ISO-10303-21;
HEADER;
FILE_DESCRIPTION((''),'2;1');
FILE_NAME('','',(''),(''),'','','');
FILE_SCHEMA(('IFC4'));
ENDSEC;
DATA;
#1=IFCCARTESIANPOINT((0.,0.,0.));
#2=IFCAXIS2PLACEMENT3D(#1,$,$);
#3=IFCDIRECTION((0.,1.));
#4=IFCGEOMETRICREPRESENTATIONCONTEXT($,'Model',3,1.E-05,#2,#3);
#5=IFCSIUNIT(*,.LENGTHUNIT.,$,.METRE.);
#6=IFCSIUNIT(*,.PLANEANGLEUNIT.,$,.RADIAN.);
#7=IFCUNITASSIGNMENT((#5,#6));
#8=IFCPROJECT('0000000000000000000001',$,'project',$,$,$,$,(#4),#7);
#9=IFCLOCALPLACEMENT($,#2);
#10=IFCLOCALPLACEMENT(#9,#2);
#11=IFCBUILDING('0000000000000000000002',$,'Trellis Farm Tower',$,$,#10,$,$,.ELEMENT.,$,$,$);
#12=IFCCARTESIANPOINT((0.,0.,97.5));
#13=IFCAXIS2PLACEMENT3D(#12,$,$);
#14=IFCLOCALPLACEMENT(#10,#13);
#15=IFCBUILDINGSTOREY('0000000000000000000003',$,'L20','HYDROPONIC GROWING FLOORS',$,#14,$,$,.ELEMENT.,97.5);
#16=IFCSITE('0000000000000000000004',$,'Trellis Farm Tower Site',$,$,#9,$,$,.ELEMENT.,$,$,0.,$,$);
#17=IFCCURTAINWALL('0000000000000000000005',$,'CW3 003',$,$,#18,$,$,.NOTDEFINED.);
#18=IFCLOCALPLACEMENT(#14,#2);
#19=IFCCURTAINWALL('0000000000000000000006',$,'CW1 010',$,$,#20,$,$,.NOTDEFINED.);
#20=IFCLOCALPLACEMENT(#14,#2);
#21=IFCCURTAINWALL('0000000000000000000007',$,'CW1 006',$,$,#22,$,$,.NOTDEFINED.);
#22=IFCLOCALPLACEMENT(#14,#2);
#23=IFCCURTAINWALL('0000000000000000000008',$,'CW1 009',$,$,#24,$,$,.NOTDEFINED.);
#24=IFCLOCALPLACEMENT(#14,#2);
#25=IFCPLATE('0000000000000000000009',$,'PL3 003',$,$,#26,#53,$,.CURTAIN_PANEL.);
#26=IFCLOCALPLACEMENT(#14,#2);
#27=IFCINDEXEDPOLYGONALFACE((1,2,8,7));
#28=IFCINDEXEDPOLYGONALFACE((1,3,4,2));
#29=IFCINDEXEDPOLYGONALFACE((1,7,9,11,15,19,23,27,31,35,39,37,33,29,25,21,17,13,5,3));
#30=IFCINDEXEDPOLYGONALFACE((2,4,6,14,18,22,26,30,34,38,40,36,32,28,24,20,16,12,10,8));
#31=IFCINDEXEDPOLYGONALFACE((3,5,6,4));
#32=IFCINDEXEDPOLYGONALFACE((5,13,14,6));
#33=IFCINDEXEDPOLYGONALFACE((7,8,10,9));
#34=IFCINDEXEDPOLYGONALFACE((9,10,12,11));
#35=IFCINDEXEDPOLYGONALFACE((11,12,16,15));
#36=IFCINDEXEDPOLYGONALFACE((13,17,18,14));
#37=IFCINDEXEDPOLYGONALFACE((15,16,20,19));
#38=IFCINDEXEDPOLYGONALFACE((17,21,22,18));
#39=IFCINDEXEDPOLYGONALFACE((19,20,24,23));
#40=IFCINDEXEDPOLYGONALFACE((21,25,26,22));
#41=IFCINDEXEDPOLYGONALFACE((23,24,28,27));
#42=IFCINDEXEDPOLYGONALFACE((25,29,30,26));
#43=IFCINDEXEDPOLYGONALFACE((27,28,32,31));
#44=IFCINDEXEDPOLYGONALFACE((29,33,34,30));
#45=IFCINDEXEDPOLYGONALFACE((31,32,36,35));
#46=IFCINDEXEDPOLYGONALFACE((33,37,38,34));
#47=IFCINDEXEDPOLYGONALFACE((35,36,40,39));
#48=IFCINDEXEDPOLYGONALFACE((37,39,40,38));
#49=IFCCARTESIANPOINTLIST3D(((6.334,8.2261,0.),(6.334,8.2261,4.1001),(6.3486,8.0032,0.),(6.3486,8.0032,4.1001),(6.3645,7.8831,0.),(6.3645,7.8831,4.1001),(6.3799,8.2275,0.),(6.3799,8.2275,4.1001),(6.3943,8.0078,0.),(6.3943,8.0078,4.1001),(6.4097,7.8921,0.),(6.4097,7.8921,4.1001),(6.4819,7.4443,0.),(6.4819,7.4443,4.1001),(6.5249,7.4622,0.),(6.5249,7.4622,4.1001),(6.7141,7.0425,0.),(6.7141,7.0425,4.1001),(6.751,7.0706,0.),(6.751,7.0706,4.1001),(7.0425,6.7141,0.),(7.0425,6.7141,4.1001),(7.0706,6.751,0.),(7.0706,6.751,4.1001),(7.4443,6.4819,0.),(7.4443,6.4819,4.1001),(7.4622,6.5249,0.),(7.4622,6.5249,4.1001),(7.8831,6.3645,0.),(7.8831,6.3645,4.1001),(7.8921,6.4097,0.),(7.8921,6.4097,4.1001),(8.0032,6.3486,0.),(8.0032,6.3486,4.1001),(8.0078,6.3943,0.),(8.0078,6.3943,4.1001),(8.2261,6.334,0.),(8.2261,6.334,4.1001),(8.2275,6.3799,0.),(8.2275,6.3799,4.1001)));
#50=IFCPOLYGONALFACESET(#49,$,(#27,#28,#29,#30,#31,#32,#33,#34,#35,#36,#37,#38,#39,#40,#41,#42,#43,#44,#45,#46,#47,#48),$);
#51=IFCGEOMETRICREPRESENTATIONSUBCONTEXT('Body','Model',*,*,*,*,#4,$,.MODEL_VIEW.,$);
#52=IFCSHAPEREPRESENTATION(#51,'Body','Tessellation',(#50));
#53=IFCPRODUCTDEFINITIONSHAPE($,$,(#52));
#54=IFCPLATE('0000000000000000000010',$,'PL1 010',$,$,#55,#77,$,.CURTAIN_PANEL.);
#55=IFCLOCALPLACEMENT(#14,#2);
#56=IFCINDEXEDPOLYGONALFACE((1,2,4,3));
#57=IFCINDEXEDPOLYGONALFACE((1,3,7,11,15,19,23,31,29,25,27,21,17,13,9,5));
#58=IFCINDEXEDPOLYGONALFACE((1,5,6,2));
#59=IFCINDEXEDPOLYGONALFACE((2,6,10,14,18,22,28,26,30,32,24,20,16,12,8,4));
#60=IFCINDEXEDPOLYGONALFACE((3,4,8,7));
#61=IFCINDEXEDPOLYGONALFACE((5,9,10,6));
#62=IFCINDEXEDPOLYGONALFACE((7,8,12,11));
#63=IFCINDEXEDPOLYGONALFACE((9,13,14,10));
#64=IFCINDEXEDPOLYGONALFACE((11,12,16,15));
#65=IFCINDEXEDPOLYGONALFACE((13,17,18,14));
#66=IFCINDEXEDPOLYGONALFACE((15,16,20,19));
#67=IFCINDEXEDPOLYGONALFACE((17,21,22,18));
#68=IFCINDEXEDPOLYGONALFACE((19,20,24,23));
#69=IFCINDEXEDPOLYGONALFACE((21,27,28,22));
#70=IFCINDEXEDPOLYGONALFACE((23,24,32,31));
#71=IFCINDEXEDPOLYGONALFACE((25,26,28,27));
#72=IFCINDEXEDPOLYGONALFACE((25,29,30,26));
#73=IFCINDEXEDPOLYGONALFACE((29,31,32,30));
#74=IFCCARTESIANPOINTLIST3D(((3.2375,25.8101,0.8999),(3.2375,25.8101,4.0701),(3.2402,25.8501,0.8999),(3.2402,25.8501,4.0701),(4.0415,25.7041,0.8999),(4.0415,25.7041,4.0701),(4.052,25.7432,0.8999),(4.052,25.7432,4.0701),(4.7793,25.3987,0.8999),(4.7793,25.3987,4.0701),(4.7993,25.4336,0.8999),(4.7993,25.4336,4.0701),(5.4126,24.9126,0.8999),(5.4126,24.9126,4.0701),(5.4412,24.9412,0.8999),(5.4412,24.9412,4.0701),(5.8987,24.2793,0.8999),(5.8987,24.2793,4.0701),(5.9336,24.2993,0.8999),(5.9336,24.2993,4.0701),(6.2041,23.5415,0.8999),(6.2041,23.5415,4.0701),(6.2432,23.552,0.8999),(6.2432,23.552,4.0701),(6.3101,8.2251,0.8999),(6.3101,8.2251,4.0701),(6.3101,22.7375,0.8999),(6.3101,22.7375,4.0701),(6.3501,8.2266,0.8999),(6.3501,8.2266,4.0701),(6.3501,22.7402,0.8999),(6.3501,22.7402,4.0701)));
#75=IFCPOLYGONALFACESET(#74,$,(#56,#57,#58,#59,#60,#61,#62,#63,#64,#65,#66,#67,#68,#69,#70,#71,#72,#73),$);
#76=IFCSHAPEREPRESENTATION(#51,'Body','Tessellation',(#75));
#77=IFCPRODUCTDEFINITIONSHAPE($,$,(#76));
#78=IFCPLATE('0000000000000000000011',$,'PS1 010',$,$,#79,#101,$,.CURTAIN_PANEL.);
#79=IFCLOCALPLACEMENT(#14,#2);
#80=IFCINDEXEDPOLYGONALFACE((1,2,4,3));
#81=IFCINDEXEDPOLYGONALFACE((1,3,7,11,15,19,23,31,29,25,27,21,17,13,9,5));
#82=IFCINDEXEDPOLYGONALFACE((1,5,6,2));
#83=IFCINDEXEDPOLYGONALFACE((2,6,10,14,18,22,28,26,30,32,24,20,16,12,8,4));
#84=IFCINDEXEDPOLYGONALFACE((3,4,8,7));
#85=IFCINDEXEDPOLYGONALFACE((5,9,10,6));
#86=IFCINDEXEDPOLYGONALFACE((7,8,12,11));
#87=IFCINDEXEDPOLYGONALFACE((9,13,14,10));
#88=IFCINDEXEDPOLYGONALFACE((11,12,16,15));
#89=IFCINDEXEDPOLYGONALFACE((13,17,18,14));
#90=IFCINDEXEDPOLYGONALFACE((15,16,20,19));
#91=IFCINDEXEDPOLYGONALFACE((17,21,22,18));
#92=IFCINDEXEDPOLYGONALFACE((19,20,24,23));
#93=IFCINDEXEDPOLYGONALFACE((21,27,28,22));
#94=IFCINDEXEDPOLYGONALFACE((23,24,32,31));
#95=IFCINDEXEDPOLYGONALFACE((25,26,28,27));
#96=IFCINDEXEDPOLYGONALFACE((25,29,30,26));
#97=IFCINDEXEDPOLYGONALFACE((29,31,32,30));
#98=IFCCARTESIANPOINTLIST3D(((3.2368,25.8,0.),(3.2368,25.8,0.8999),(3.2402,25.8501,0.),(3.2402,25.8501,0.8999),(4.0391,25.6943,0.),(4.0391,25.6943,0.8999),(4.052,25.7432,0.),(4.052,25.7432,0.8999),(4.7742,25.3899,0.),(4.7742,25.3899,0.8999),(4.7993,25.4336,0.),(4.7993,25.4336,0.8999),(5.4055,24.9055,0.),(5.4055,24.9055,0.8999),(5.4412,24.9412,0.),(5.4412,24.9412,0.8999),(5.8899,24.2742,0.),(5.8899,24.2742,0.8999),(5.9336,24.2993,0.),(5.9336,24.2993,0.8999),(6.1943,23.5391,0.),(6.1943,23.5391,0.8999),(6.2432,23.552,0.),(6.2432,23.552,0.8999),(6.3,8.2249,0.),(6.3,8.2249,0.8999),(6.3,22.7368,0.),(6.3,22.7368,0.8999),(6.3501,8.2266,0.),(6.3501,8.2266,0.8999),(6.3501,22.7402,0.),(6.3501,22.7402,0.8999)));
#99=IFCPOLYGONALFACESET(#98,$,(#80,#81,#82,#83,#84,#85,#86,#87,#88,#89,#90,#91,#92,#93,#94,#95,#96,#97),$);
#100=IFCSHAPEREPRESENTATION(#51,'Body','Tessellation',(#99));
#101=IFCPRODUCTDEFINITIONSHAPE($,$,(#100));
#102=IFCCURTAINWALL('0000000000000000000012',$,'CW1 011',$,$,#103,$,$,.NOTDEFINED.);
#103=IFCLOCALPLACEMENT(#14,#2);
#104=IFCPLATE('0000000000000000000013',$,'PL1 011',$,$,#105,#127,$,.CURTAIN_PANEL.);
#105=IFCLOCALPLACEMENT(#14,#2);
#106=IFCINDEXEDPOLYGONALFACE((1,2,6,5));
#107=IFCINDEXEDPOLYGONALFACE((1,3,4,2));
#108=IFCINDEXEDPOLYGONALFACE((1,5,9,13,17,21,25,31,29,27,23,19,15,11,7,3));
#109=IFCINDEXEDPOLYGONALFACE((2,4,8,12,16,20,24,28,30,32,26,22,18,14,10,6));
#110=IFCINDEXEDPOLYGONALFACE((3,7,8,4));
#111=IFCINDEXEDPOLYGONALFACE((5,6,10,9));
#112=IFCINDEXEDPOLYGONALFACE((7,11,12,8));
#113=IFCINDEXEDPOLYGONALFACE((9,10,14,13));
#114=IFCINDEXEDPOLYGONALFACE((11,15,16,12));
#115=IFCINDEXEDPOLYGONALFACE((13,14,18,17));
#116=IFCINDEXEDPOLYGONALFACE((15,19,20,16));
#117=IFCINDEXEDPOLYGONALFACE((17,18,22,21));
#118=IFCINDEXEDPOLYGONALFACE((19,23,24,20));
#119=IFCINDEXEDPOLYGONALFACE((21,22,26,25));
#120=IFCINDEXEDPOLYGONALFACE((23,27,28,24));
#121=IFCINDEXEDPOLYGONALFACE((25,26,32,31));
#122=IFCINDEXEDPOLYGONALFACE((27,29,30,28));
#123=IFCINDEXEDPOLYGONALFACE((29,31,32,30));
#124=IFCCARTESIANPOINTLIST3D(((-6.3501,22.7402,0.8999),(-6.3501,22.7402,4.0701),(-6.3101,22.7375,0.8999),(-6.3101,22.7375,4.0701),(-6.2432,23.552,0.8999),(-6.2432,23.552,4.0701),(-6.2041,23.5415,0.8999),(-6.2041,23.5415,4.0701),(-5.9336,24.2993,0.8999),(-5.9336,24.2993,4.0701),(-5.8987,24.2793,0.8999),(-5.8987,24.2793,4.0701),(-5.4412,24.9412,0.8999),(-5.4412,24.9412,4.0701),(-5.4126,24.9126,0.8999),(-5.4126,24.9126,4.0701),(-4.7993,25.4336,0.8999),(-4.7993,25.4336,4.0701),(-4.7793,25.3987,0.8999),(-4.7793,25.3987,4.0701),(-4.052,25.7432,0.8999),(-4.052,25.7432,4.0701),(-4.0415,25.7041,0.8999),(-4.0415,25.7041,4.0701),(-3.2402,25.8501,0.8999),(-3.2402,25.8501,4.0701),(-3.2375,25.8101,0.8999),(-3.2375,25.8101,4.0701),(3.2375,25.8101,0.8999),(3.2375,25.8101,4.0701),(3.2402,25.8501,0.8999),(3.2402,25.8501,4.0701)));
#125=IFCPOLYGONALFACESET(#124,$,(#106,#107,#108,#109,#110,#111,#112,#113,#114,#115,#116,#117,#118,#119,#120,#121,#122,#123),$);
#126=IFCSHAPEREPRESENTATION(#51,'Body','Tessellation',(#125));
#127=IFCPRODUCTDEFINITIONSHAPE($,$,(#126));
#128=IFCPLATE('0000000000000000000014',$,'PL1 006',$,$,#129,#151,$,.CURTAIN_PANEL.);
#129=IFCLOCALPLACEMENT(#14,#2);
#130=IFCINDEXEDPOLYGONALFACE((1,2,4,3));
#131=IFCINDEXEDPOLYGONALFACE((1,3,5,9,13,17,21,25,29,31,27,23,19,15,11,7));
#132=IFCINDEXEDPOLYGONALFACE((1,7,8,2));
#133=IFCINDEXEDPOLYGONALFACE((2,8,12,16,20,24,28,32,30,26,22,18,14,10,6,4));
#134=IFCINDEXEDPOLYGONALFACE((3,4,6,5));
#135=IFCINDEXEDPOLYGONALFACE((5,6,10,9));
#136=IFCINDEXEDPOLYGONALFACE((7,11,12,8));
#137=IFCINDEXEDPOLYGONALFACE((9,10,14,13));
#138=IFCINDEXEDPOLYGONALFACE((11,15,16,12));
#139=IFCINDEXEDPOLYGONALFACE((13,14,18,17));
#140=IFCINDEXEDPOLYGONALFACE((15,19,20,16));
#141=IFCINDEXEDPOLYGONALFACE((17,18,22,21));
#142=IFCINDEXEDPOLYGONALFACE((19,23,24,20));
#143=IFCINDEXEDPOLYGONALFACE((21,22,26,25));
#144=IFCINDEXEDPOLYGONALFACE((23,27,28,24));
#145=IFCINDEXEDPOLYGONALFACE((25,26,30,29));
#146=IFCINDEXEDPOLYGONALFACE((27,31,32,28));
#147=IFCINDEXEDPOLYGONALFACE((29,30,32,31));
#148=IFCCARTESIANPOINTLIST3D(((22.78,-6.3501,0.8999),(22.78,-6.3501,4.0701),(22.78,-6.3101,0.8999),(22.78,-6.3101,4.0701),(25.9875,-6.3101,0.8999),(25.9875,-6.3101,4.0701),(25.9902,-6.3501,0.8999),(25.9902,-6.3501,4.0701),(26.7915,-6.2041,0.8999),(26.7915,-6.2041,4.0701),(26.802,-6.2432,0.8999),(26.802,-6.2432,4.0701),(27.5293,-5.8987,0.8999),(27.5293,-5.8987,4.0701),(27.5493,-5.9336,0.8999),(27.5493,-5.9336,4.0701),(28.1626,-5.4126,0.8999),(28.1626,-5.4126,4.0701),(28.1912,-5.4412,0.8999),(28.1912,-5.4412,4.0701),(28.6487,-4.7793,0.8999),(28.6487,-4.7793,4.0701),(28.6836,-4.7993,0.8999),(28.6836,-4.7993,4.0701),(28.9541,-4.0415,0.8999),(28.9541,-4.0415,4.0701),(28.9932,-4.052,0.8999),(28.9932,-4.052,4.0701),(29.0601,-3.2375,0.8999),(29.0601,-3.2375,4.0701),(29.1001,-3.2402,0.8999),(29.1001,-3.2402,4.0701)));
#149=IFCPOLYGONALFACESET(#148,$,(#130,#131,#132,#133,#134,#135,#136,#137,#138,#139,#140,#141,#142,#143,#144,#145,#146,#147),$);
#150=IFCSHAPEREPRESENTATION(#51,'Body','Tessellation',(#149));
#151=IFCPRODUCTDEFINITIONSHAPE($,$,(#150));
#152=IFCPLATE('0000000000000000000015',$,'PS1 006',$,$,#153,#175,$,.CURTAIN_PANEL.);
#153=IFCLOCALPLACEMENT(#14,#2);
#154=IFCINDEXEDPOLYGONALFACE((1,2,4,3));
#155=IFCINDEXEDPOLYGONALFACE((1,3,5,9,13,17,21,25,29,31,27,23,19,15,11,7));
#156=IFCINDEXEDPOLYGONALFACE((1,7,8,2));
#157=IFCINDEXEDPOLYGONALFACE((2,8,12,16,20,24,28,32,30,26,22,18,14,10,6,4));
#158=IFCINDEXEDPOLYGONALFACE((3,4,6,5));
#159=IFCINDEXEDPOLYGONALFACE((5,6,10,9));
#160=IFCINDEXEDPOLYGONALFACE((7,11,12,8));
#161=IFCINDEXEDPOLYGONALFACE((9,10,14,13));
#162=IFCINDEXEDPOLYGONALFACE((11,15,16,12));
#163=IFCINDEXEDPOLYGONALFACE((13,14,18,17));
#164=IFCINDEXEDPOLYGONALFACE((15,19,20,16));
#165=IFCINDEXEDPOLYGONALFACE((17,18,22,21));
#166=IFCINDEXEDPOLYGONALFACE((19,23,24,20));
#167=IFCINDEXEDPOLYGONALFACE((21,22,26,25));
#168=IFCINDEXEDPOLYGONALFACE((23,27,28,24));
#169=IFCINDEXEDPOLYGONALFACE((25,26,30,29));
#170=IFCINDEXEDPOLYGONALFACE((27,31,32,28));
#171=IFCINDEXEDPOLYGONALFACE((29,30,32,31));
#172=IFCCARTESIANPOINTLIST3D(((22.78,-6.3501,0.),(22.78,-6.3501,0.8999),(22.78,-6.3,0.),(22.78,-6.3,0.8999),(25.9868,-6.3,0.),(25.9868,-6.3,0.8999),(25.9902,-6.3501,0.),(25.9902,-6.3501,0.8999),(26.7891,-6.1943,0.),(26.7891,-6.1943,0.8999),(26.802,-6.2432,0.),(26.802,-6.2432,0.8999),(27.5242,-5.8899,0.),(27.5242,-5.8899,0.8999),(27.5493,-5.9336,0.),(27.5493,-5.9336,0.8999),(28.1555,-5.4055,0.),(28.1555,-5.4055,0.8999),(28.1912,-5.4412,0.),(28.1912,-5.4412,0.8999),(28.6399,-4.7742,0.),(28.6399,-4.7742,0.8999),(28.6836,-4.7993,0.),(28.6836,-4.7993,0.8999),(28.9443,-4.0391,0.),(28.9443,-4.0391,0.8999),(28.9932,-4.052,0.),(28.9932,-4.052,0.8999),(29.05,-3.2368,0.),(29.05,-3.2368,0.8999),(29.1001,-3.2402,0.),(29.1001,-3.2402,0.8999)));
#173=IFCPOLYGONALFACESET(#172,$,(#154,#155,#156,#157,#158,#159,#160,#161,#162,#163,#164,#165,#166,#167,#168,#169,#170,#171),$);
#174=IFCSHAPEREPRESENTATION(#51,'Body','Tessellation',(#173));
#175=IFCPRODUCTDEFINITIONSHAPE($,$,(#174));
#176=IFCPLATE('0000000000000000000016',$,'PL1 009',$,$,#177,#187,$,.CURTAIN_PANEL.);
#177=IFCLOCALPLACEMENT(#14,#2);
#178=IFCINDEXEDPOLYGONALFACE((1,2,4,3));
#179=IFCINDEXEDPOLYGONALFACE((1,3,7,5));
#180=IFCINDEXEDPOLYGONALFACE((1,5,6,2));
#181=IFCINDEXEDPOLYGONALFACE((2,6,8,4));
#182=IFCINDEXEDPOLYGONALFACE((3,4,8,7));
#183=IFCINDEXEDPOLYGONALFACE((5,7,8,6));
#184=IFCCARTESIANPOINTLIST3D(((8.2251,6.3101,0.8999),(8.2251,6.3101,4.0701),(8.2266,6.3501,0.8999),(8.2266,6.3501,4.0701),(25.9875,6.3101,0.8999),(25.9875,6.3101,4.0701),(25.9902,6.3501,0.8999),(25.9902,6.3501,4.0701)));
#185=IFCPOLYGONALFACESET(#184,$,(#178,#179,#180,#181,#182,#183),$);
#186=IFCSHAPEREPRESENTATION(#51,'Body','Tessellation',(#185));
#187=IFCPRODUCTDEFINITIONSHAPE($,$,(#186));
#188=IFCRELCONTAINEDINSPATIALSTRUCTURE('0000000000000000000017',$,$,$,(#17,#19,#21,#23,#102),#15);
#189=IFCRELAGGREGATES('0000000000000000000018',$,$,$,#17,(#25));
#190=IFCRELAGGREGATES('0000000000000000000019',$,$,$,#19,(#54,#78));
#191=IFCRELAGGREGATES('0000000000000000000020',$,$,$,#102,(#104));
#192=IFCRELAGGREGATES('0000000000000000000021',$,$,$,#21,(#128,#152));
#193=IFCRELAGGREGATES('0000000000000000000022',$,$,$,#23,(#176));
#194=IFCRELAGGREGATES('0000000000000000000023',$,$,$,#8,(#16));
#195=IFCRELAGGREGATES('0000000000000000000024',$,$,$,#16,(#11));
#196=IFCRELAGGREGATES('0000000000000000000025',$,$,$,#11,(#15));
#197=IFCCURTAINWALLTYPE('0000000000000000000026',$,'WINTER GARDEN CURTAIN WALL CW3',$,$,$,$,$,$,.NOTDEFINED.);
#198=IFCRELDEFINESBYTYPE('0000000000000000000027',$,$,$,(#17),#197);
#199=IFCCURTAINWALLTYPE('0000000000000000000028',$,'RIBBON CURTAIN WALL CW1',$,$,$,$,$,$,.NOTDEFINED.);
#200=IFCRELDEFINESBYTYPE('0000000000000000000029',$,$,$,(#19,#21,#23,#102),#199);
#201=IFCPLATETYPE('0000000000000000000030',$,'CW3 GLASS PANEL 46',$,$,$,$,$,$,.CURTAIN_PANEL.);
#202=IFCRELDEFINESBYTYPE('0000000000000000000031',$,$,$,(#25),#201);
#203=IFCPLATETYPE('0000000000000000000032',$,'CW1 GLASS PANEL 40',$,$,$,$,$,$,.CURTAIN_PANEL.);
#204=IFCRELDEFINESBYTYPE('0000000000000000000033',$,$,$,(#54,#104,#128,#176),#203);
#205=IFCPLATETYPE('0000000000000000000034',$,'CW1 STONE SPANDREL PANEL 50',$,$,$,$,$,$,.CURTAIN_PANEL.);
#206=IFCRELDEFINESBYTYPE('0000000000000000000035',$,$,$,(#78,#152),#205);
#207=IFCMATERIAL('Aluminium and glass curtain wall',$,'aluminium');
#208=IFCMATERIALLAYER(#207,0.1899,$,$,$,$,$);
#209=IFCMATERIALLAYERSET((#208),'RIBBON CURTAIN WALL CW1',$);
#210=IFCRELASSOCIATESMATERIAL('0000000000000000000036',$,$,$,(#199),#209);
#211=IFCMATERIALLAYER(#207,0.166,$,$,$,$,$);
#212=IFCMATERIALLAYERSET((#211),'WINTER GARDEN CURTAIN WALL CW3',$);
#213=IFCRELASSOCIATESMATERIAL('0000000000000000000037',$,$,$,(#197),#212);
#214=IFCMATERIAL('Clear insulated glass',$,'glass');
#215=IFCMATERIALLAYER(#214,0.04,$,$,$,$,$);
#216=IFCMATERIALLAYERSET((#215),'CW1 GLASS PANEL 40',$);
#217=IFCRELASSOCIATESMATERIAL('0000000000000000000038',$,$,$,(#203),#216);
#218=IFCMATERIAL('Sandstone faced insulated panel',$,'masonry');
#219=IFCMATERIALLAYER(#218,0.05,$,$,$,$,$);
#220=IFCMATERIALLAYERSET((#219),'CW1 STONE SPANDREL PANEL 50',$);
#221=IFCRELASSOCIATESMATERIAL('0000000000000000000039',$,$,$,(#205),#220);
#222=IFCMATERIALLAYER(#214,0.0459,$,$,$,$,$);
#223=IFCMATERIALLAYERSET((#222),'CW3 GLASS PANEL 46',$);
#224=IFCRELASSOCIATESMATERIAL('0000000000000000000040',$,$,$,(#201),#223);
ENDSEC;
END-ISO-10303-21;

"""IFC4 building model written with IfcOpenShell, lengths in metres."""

from ifc_helpers import new_model, si_unit, direction, frame, origin, place, context, subcontext, project, spatial, polyline, outline, extrude, source, transform, mapped, material, layer, layer_set, type_object, element, aggregate, save


model = new_model("IFC4")

# Units and contexts
model_context = context("Model", 3, precision=1e-05, world=origin(), true_north=direction((0.0, 1.0)))
body_context = subcontext(model_context, "Body", "Model", "MODEL_VIEW")
ifc_project = project(units=[si_unit("LENGTHUNIT", "METRE"), si_unit("PLANEANGLEUNIT", "RADIAN")], contexts=[model_context])

# Site, building, storey
site_placement = place(None, origin())
site = spatial("IfcSite", under=ifc_project, at=site_placement, Name="Trellis Farm Tower Site", CompositionType="ELEMENT", RefElevation=0.0)
building_placement = place(site_placement, origin())
building = spatial("IfcBuilding", under=site, at=building_placement, Name="Trellis Farm Tower", CompositionType="ELEMENT")
storey_placement = place(building_placement, frame((0.0, 0.0, 97.5)))
storey = spatial("IfcBuildingStorey", under=building, at=storey_placement, Name="L20", Description="HYDROPONIC GROWING FLOORS", CompositionType="ELEMENT", Elevation=97.5)

# Shared definitions
ifc_material_1 = material(Name="Aluminium and glass curtain wall", Category="aluminium")
ifc_layer_1 = layer(ifc_material_1, 0.1899)
ifc_layer_set_1 = layer_set([ifc_layer_1], Name="RIBBON CURTAIN WALL CW1")
curtain_wall_type_1 = type_object("IfcCurtainWallType", Name="RIBBON CURTAIN WALL CW1", PredefinedType="NOTDEFINED", material=ifc_layer_set_1)
placement_1 = place(storey_placement, origin())

# Curtain walls
ifc_layer_2 = layer(ifc_material_1, 0.166)
ifc_layer_set_2 = layer_set([ifc_layer_2], Name="WINTER GARDEN CURTAIN WALL CW3")
curtain_wall_type_2 = type_object("IfcCurtainWallType", Name="WINTER GARDEN CURTAIN WALL CW3", PredefinedType="NOTDEFINED", material=ifc_layer_set_2)
curtain_wall_1 = element("IfcCurtainWall", 1, at=placement_1, inside=storey, type_object=curtain_wall_type_2, Name="CW3 003", PredefinedType="NOTDEFINED")
curtain_wall_2 = element("IfcCurtainWall", 2, at=placement_1, inside=storey, type_object=curtain_wall_type_1, Name="CW1 010", PredefinedType="NOTDEFINED")
curtain_wall_3 = element("IfcCurtainWall", 3, at=placement_1, inside=storey, type_object=curtain_wall_type_1, Name="CW1 006", PredefinedType="NOTDEFINED")
curtain_wall_4 = element("IfcCurtainWall", 4, at=placement_1, inside=storey, type_object=curtain_wall_type_1, Name="CW1 009", PredefinedType="NOTDEFINED")

# Plates
ifc_material_2 = material(Name="Clear insulated glass", Category="glass")
ifc_layer_3 = layer(ifc_material_2, 0.04)
ifc_layer_set_3 = layer_set([ifc_layer_3], Name="CW1 GLASS PANEL 40")
plate_type_1 = type_object("IfcPlateType", Name="CW1 GLASS PANEL 40", PredefinedType="CURTAIN_PANEL", material=ifc_layer_set_3)
placement_2 = place(storey_placement, frame((0.0, 0.0, 0.8999)))
ifc_material_3 = material(Name="Sandstone faced insulated panel", Category="masonry")
ifc_layer_4 = layer(ifc_material_3, 0.05)
ifc_layer_set_4 = layer_set([ifc_layer_4], Name="CW1 STONE SPANDREL PANEL 50")
plate_type_2 = type_object("IfcPlateType", Name="CW1 STONE SPANDREL PANEL 50", PredefinedType="CURTAIN_PANEL", material=ifc_layer_set_4)
ifc_layer_5 = layer(ifc_material_2, 0.0459)
ifc_layer_set_5 = layer_set([ifc_layer_5], Name="CW3 GLASS PANEL 46")
plate_type_3 = type_object("IfcPlateType", Name="CW3 GLASS PANEL 46", PredefinedType="CURTAIN_PANEL", material=ifc_layer_set_5)
shared_shape_1 = source(origin(), body_context, "Body", "SweptSolid", [
    extrude(outline(polyline([(8.2275, 6.3799), (8.0078, 6.3943), (7.8921, 6.4097), (7.4622, 6.5249), (7.0706, 6.751), (6.751, 7.0706), (6.5249, 7.4622), (6.4097, 7.8921), (6.3943, 8.0078), (6.3799, 8.2275), (6.334, 8.2261), (6.3486, 8.0032), (6.3645, 7.8831), (6.4819, 7.4443), (6.7141, 7.0425), (7.0425, 6.7141), (7.4443, 6.4819), (7.8831, 6.3645), (8.0032, 6.3486), (8.2261, 6.334), (8.2275, 6.3799)])), origin(), (0.0, 0.0, 1.0), 4.1001),
])
plate_1 = element("IfcPlate", 5, at=placement_1, type_object=plate_type_3, Name="PL3 003", PredefinedType="CURTAIN_PANEL", context=body_context, shape_type="MappedRepresentation", body=[
    mapped(shared_shape_1, transform((0.0, 0.0, 0.0))),
])
aggregate(curtain_wall_1, [plate_1])
shared_shape_2 = source(origin(), body_context, "Body", "SweptSolid", [
    extrude(outline(polyline([(6.3501, 8.2266), (6.3501, 22.7402), (6.2432, 23.552), (5.9336, 24.2993), (5.4412, 24.9412), (4.7993, 25.4336), (4.052, 25.7432), (3.2402, 25.8501), (3.2375, 25.8101), (4.0415, 25.7041), (4.7793, 25.3987), (5.4126, 24.9126), (5.8987, 24.2793), (6.2041, 23.5415), (6.3101, 22.7375), (6.3101, 8.2251), (6.3501, 8.2266)])), origin(), (0.0, 0.0, 1.0), 3.1702),
])
plate_2 = element("IfcPlate", 6, at=placement_2, type_object=plate_type_1, Name="PL1 010", PredefinedType="CURTAIN_PANEL", context=body_context, shape_type="MappedRepresentation", body=[
    mapped(shared_shape_2, transform((0.0, 0.0, 0.0))),
])
shared_shape_3 = source(origin(), body_context, "Body", "SweptSolid", [
    extrude(outline(polyline([(6.3501, 8.2266), (6.3501, 22.7402), (6.2432, 23.552), (5.9336, 24.2993), (5.4412, 24.9412), (4.7993, 25.4336), (4.052, 25.7432), (3.2402, 25.8501), (3.2368, 25.8), (4.0391, 25.6943), (4.7742, 25.3899), (5.4055, 24.9055), (5.8899, 24.2742), (6.1943, 23.5391), (6.3, 22.7368), (6.3, 8.2249), (6.3501, 8.2266)])), origin(), (0.0, 0.0, 1.0), 0.8999),
])
plate_3 = element("IfcPlate", 7, at=placement_1, type_object=plate_type_2, Name="PS1 010", PredefinedType="CURTAIN_PANEL", context=body_context, shape_type="MappedRepresentation", body=[
    mapped(shared_shape_3, transform((0.0, 0.0, 0.0))),
])
aggregate(curtain_wall_2, [plate_2, plate_3])

# Curtain wall, plate
curtain_wall_5 = element("IfcCurtainWall", 8, at=placement_1, inside=storey, type_object=curtain_wall_type_1, Name="CW1 011", PredefinedType="NOTDEFINED")
shared_shape_4 = source(origin(), body_context, "Body", "SweptSolid", [
    extrude(outline(polyline([(3.2402, 25.8501), (-3.2402, 25.8501), (-4.052, 25.7432), (-4.7993, 25.4336), (-5.4412, 24.9412), (-5.9336, 24.2993), (-6.2432, 23.552), (-6.3501, 22.7402), (-6.3101, 22.7375), (-6.2041, 23.5415), (-5.8987, 24.2793), (-5.4126, 24.9126), (-4.7793, 25.3987), (-4.0415, 25.7041), (-3.2375, 25.8101), (3.2375, 25.8101), (3.2402, 25.8501)])), origin(), (0.0, 0.0, 1.0), 3.1702),
])
plate_4 = element("IfcPlate", 9, at=placement_2, type_object=plate_type_1, Name="PL1 011", PredefinedType="CURTAIN_PANEL", context=body_context, shape_type="MappedRepresentation", body=[
    mapped(shared_shape_4, transform((0.0, 0.0, 0.0))),
])
aggregate(curtain_wall_5, [plate_4])

# Plates
shared_shape_5 = source(origin(), body_context, "Body", "SweptSolid", [
    extrude(outline(polyline([(22.78, -6.3501), (25.9902, -6.3501), (26.802, -6.2432), (27.5493, -5.9336), (28.1912, -5.4412), (28.6836, -4.7993), (28.9932, -4.052), (29.1001, -3.2402), (29.0601, -3.2375), (28.9541, -4.0415), (28.6487, -4.7793), (28.1626, -5.4126), (27.5293, -5.8987), (26.7915, -6.2041), (25.9875, -6.3101), (22.78, -6.3101), (22.78, -6.3501)])), origin(), (0.0, 0.0, 1.0), 3.1702),
])
plate_5 = element("IfcPlate", 10, at=placement_2, type_object=plate_type_1, Name="PL1 006", PredefinedType="CURTAIN_PANEL", context=body_context, shape_type="MappedRepresentation", body=[
    mapped(shared_shape_5, transform((0.0, 0.0, 0.0))),
])
shared_shape_6 = source(origin(), body_context, "Body", "SweptSolid", [
    extrude(outline(polyline([(22.78, -6.3501), (25.9902, -6.3501), (26.802, -6.2432), (27.5493, -5.9336), (28.1912, -5.4412), (28.6836, -4.7993), (28.9932, -4.052), (29.1001, -3.2402), (29.05, -3.2368), (28.9443, -4.0391), (28.6399, -4.7742), (28.1555, -5.4055), (27.5242, -5.8899), (26.7891, -6.1943), (25.9868, -6.3), (22.78, -6.3), (22.78, -6.3501)])), origin(), (0.0, 0.0, 1.0), 0.8999),
])
plate_6 = element("IfcPlate", 11, at=placement_1, type_object=plate_type_2, Name="PS1 006", PredefinedType="CURTAIN_PANEL", context=body_context, shape_type="MappedRepresentation", body=[
    mapped(shared_shape_6, transform((0.0, 0.0, 0.0))),
])
aggregate(curtain_wall_3, [plate_5, plate_6])
shared_shape_7 = source(origin(), body_context, "Body", "SweptSolid", [
    extrude(outline(polyline([(25.9902, 6.3501), (8.2266, 6.3501), (8.2251, 6.3101), (25.9875, 6.3101), (25.9902, 6.3501)])), origin(), (0.0, 0.0, 1.0), 3.1702),
])
plate_7 = element("IfcPlate", 12, at=placement_2, type_object=plate_type_1, Name="PL1 009", PredefinedType="CURTAIN_PANEL", context=body_context, shape_type="MappedRepresentation", body=[
    mapped(shared_shape_7, transform((0.0, 0.0, 0.0))),
])
aggregate(curtain_wall_4, [plate_7])

save(model, "model.ifc")
